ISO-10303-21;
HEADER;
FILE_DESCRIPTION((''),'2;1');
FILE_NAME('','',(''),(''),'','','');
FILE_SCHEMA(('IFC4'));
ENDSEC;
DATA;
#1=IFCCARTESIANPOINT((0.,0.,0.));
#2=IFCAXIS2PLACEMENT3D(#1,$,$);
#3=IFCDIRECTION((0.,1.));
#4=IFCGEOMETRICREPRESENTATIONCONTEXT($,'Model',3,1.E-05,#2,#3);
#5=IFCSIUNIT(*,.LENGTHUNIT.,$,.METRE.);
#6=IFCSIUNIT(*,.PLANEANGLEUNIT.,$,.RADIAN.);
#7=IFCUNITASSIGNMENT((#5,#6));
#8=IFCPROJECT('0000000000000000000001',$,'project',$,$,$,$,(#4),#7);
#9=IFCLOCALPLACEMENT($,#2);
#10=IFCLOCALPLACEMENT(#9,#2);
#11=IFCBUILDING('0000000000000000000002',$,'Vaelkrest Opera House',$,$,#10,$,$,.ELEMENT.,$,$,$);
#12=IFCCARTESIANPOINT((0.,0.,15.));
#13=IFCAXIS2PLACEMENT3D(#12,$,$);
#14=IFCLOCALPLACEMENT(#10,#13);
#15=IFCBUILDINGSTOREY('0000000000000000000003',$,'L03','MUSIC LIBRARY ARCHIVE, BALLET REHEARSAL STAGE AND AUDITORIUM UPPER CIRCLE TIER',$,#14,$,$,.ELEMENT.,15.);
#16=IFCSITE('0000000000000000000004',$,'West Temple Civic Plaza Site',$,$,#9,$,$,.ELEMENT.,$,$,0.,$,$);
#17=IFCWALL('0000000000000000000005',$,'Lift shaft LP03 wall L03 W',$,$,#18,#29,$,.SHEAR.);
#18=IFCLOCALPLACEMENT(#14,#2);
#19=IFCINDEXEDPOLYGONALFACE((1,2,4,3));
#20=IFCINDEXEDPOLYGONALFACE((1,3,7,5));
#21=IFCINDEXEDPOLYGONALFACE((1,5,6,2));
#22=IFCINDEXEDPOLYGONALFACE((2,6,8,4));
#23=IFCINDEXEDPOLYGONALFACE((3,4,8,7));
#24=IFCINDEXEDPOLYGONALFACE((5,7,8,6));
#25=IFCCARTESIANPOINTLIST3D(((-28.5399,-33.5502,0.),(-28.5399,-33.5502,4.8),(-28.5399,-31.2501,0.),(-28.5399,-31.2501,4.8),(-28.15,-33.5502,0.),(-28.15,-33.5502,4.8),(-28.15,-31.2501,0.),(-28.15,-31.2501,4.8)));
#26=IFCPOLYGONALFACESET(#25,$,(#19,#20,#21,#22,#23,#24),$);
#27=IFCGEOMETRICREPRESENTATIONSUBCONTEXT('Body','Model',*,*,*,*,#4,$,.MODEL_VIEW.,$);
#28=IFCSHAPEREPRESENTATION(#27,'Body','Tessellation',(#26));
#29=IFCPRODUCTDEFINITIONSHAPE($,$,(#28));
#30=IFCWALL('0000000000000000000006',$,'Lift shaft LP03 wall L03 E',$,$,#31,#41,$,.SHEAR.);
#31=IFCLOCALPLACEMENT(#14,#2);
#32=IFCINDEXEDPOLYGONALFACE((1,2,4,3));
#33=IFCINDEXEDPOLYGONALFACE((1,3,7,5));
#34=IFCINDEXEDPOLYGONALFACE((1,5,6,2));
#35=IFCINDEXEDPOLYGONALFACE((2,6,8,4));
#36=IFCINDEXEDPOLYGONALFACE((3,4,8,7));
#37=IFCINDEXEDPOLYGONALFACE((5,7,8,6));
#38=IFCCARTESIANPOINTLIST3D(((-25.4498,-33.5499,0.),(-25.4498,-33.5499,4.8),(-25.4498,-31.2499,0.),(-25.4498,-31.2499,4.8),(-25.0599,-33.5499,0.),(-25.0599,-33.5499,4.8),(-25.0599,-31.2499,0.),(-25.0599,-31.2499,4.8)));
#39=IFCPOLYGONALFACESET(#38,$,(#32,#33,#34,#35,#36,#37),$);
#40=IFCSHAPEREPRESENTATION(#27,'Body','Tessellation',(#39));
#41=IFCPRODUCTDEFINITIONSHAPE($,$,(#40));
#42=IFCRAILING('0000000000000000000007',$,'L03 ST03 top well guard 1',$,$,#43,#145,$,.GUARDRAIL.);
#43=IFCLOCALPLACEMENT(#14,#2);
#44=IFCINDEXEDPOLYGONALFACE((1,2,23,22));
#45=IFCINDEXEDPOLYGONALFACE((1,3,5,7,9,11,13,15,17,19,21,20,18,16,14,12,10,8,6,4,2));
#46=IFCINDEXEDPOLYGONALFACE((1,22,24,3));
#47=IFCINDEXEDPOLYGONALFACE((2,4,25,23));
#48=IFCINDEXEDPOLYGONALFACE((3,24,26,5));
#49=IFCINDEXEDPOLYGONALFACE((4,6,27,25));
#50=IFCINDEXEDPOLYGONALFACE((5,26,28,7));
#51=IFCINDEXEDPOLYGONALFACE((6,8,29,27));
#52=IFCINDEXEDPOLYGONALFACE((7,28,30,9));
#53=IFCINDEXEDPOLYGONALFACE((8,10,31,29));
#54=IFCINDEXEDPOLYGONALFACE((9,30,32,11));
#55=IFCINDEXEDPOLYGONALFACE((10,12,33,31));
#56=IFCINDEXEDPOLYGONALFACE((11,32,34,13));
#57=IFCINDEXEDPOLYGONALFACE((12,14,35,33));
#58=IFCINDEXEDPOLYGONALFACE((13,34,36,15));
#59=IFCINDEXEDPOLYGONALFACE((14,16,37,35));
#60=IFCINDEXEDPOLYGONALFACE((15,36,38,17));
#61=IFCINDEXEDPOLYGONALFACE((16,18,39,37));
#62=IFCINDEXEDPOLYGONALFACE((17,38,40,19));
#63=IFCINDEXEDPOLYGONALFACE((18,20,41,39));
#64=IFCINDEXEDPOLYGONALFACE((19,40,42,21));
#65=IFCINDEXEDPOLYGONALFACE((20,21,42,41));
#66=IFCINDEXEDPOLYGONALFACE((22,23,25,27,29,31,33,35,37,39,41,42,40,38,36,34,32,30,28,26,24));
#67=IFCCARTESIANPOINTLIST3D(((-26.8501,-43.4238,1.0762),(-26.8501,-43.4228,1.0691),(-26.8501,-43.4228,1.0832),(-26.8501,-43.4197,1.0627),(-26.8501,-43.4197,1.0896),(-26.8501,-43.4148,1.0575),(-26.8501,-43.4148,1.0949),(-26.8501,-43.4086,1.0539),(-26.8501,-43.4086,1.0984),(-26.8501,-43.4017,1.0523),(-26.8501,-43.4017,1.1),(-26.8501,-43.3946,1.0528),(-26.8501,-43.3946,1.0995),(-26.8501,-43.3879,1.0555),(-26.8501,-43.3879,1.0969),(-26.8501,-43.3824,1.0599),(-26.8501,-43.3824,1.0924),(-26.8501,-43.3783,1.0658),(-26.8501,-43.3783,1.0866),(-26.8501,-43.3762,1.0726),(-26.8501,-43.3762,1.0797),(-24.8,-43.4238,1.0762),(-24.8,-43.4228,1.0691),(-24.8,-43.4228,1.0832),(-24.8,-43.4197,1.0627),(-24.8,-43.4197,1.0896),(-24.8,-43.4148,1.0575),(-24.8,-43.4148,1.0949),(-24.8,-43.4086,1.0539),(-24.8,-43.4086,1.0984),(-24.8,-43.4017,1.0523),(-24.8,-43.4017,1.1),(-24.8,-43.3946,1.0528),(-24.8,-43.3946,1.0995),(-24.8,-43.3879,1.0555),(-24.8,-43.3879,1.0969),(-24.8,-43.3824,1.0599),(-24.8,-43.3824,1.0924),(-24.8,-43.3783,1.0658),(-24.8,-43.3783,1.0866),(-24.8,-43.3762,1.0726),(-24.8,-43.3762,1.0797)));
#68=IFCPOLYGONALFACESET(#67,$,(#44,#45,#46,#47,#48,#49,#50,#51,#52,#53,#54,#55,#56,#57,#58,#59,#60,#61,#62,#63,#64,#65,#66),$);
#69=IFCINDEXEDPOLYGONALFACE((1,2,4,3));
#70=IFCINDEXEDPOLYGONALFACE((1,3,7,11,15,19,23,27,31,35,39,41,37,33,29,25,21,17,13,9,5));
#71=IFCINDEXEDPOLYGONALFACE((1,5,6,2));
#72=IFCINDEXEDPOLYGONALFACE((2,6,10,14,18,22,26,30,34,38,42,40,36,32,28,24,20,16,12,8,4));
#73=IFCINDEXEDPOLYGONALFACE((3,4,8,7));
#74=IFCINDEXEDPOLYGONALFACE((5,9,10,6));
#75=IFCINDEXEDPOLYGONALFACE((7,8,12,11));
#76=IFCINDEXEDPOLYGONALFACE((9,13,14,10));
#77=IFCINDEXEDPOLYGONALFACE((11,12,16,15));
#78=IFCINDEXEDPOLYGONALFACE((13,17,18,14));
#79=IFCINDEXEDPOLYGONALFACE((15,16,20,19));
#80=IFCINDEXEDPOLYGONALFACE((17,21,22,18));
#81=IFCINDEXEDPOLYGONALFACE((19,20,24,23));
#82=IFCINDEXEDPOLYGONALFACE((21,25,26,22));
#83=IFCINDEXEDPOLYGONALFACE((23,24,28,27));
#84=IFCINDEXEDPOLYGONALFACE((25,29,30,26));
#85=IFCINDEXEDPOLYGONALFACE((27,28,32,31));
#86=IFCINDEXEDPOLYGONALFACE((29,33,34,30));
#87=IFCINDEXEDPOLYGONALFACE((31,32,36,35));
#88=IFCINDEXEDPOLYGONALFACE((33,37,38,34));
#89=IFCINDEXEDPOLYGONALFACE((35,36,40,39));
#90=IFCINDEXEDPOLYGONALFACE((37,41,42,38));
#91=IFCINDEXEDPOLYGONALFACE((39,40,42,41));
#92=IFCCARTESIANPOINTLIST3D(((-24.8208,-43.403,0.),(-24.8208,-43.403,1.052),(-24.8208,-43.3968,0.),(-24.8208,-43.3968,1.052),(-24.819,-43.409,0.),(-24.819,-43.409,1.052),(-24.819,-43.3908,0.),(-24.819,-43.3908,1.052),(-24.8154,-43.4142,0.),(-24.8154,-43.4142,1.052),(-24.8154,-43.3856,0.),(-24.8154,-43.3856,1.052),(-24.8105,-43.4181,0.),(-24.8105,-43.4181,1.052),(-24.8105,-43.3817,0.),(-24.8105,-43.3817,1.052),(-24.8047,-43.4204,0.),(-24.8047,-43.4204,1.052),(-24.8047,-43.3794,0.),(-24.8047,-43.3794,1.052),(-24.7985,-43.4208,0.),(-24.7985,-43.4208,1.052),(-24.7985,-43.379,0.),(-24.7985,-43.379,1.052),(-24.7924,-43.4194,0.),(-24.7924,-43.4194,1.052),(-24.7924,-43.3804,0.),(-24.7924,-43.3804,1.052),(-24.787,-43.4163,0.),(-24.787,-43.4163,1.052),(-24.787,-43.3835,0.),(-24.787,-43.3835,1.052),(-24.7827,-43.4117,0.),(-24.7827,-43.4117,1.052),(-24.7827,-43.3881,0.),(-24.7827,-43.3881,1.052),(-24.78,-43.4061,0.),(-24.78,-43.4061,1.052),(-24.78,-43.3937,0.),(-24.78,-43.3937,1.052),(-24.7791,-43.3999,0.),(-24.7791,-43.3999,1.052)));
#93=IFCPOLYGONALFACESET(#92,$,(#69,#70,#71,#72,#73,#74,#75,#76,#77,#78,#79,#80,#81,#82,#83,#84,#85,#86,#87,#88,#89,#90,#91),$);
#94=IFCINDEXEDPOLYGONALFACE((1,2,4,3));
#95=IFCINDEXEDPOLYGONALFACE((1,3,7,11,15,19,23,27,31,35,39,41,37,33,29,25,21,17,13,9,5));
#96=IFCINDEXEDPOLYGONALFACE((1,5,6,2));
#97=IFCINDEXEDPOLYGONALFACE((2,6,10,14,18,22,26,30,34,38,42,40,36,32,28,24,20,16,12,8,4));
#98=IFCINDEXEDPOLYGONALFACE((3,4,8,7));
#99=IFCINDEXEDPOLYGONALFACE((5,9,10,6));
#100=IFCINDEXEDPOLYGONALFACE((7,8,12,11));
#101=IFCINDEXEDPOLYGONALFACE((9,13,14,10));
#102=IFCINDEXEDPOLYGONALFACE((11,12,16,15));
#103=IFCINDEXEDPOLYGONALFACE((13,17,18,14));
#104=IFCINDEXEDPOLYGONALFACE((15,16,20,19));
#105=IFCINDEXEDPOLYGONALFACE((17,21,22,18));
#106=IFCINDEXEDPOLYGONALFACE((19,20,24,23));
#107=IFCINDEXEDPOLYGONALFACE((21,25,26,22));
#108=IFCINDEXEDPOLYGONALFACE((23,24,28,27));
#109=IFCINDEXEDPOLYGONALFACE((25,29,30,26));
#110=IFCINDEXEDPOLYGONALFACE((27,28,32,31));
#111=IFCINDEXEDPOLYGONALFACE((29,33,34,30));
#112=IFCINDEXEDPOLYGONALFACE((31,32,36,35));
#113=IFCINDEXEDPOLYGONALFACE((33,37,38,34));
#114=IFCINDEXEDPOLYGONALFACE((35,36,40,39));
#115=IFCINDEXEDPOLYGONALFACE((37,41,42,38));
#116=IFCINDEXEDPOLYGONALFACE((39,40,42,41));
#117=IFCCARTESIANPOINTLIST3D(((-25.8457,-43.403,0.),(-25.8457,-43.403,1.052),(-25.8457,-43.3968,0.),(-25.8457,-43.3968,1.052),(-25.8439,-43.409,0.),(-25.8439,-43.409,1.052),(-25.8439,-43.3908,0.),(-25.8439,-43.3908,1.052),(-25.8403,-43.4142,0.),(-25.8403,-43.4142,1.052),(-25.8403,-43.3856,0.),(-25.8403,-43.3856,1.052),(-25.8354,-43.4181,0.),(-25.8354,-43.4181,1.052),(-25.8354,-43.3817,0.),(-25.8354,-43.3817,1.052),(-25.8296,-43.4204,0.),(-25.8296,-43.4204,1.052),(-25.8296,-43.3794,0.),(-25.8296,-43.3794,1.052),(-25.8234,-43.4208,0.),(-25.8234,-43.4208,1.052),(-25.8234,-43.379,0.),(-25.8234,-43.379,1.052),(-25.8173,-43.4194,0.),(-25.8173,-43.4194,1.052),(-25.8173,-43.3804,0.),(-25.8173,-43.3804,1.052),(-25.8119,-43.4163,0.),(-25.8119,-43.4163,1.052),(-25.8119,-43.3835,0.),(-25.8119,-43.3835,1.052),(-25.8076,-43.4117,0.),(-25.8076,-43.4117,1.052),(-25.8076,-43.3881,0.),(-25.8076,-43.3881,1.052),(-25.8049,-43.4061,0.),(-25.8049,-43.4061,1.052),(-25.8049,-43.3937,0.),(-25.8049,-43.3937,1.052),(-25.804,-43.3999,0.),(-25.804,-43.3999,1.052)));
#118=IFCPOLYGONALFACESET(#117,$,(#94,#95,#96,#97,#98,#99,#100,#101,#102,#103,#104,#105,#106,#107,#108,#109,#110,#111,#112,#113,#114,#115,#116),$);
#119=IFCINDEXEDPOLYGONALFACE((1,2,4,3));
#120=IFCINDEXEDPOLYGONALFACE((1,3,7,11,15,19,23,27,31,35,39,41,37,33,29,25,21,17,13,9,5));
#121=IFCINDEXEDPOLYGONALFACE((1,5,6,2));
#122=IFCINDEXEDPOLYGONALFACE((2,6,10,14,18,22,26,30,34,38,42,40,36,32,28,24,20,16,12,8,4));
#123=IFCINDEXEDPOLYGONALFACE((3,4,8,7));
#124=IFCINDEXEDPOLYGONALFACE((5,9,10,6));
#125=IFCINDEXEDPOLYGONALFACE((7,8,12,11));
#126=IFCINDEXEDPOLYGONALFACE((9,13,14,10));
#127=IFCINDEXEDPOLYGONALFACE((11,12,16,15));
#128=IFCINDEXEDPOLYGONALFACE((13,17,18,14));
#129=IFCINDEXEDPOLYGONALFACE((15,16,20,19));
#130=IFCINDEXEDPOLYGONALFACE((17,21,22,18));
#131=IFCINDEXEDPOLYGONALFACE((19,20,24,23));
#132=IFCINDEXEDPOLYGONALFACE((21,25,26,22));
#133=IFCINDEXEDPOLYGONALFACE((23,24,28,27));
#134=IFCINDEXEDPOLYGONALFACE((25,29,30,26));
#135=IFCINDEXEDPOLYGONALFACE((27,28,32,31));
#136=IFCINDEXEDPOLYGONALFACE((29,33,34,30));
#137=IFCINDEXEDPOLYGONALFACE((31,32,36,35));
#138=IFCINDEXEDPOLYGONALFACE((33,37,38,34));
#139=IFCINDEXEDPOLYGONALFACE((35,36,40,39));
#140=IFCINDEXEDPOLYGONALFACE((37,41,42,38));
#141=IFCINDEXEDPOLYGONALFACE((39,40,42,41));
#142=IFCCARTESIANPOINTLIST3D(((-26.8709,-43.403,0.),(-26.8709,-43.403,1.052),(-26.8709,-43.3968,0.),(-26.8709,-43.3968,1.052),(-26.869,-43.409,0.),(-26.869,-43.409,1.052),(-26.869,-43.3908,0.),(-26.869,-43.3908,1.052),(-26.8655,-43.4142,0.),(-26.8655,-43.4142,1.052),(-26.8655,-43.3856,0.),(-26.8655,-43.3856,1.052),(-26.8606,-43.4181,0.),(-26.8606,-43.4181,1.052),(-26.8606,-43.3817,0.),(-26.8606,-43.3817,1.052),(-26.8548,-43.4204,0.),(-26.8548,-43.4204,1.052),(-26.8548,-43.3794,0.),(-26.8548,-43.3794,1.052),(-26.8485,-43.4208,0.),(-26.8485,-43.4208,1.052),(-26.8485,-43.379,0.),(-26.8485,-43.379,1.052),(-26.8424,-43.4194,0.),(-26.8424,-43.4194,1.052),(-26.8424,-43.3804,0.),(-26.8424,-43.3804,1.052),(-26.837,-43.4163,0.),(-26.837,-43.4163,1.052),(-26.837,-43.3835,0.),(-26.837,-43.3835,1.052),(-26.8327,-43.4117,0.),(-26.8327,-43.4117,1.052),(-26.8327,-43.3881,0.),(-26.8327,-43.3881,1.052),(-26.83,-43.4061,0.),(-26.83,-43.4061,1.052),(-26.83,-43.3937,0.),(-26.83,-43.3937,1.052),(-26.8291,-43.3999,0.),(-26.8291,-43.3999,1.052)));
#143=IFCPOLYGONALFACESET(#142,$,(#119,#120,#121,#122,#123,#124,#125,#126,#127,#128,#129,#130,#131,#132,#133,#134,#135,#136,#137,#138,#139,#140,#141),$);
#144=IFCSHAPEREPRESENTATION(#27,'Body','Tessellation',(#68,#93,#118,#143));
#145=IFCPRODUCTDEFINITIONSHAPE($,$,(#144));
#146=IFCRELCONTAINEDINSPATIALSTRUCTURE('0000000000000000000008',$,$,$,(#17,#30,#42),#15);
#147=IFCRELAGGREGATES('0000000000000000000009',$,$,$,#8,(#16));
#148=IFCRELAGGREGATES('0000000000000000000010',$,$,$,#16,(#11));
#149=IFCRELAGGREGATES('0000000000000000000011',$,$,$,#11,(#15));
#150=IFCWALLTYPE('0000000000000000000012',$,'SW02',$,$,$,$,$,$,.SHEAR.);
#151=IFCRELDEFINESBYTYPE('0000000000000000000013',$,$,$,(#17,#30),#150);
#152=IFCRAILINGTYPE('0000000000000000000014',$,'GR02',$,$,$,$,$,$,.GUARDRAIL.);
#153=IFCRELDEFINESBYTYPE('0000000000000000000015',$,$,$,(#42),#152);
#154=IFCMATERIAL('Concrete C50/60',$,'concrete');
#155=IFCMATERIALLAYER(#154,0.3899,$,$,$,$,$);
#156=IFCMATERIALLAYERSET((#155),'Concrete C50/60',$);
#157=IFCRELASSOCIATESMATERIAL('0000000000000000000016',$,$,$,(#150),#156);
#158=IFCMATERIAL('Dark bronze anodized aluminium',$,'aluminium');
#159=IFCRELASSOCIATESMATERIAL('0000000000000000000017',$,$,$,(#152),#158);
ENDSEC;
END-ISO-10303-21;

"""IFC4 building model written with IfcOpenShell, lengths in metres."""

from ifc_helpers import new_model, si_unit, direction, frame, frame_2d, origin, origin_2d, place, context, subcontext, project, spatial, rectangle, circle, extrude, material, layer, layer_set, type_object, element, save


model = new_model("IFC4")

# Units and contexts
model_context = context("Model", 3, precision=1e-05, world=origin(), true_north=direction((0.0, 1.0)))
body_context = subcontext(model_context, "Body", "Model", "MODEL_VIEW")
ifc_project = project(units=[si_unit("LENGTHUNIT", "METRE"), si_unit("PLANEANGLEUNIT", "RADIAN")], contexts=[model_context])

# Site, building, storey
site_placement = place(None, origin())
site = spatial("IfcSite", under=ifc_project, at=site_placement, Name="West Temple Civic Plaza Site", CompositionType="ELEMENT", RefElevation=0.0)
building_placement = place(site_placement, origin())
building = spatial("IfcBuilding", under=site, at=building_placement, Name="Vaelkrest Opera House", CompositionType="ELEMENT")
storey_placement = place(building_placement, frame((0.0, 0.0, 15.0)))
storey = spatial("IfcBuildingStorey", under=building, at=storey_placement, Name="L03", Description="MUSIC LIBRARY ARCHIVE, BALLET REHEARSAL STAGE AND AUDITORIUM UPPER CIRCLE TIER", CompositionType="ELEMENT", Elevation=15.0)

# Shared definitions
ifc_material_1 = material(Name="Concrete C50/60", Category="concrete")

# Shared definitions
ifc_layer_1 = layer(ifc_material_1, 0.3899)
ifc_layer_set_1 = layer_set([ifc_layer_1], Name="Concrete C50/60")
wall_type_1 = type_object("IfcWallType", Name="SW02", PredefinedType="SHEAR", material=ifc_layer_set_1)

# Shared definitions
ifc_material_2 = material(Name="Dark bronze anodized aluminium", Category="aluminium")

# Walls
for number, where, z_axis, x_axis, name in (
    (1, (-28.345, -33.55, 0.0), (0.0, 0.0, 1.0), (0.0, 1.0, 0.0), "Lift shaft LP03 wall L03 W"),
    (2, (-25.2549, -31.25, 0.0), (0.0, 0.0, 1.0), (0.0, -1.0, 0.0), "Lift shaft LP03 wall L03 E"),
):
    element("IfcWall", number, at=place(storey_placement, frame(where, z_axis=z_axis, x_axis=x_axis)), inside=storey, type_object=wall_type_1, Name=name, PredefinedType="SHEAR", context=body_context, shape_type="SweptSolid", body=[
        extrude(rectangle(XDim=2.3, YDim=0.3899, at=frame_2d((1.1499, 0.0))), origin(), (0.0, 0.0, 1.0), 4.8),
    ])

# Railing
railing_type_1 = type_object("IfcRailingType", Name="GR02", PredefinedType="GUARDRAIL", material=ifc_material_2)
railing_1_placement = place(storey_placement, frame((-24.8, -43.3999, 0.0)))
element("IfcRailing", 3, at=railing_1_placement, inside=storey, type_object=railing_type_1, Name="L03 ST03 top well guard 1", PredefinedType="GUARDRAIL", context=body_context, shape_type="SweptSolid", body=[
    extrude(circle(Radius=0.0239, at=origin_2d()), frame((0.0, 0.0, 1.0762), z_axis=(-1.0, 0.0, 0.0), x_axis=(0.0, -1.0, 0.0)), (0.0, 0.0, 1.0), 2.05),
    extrude(circle(Radius=0.021, at=origin_2d()), origin(), (0.0, 0.0, 1.0), 1.052),
    extrude(circle(Radius=0.021, at=origin_2d()), frame((-1.0249, 0.0, 0.0)), (0.0, 0.0, 1.0), 1.052),
    extrude(circle(Radius=0.021, at=origin_2d()), frame((-2.05, 0.0, 0.0)), (0.0, 0.0, 1.0), 1.052),
])

save(model, "model.ifc")
